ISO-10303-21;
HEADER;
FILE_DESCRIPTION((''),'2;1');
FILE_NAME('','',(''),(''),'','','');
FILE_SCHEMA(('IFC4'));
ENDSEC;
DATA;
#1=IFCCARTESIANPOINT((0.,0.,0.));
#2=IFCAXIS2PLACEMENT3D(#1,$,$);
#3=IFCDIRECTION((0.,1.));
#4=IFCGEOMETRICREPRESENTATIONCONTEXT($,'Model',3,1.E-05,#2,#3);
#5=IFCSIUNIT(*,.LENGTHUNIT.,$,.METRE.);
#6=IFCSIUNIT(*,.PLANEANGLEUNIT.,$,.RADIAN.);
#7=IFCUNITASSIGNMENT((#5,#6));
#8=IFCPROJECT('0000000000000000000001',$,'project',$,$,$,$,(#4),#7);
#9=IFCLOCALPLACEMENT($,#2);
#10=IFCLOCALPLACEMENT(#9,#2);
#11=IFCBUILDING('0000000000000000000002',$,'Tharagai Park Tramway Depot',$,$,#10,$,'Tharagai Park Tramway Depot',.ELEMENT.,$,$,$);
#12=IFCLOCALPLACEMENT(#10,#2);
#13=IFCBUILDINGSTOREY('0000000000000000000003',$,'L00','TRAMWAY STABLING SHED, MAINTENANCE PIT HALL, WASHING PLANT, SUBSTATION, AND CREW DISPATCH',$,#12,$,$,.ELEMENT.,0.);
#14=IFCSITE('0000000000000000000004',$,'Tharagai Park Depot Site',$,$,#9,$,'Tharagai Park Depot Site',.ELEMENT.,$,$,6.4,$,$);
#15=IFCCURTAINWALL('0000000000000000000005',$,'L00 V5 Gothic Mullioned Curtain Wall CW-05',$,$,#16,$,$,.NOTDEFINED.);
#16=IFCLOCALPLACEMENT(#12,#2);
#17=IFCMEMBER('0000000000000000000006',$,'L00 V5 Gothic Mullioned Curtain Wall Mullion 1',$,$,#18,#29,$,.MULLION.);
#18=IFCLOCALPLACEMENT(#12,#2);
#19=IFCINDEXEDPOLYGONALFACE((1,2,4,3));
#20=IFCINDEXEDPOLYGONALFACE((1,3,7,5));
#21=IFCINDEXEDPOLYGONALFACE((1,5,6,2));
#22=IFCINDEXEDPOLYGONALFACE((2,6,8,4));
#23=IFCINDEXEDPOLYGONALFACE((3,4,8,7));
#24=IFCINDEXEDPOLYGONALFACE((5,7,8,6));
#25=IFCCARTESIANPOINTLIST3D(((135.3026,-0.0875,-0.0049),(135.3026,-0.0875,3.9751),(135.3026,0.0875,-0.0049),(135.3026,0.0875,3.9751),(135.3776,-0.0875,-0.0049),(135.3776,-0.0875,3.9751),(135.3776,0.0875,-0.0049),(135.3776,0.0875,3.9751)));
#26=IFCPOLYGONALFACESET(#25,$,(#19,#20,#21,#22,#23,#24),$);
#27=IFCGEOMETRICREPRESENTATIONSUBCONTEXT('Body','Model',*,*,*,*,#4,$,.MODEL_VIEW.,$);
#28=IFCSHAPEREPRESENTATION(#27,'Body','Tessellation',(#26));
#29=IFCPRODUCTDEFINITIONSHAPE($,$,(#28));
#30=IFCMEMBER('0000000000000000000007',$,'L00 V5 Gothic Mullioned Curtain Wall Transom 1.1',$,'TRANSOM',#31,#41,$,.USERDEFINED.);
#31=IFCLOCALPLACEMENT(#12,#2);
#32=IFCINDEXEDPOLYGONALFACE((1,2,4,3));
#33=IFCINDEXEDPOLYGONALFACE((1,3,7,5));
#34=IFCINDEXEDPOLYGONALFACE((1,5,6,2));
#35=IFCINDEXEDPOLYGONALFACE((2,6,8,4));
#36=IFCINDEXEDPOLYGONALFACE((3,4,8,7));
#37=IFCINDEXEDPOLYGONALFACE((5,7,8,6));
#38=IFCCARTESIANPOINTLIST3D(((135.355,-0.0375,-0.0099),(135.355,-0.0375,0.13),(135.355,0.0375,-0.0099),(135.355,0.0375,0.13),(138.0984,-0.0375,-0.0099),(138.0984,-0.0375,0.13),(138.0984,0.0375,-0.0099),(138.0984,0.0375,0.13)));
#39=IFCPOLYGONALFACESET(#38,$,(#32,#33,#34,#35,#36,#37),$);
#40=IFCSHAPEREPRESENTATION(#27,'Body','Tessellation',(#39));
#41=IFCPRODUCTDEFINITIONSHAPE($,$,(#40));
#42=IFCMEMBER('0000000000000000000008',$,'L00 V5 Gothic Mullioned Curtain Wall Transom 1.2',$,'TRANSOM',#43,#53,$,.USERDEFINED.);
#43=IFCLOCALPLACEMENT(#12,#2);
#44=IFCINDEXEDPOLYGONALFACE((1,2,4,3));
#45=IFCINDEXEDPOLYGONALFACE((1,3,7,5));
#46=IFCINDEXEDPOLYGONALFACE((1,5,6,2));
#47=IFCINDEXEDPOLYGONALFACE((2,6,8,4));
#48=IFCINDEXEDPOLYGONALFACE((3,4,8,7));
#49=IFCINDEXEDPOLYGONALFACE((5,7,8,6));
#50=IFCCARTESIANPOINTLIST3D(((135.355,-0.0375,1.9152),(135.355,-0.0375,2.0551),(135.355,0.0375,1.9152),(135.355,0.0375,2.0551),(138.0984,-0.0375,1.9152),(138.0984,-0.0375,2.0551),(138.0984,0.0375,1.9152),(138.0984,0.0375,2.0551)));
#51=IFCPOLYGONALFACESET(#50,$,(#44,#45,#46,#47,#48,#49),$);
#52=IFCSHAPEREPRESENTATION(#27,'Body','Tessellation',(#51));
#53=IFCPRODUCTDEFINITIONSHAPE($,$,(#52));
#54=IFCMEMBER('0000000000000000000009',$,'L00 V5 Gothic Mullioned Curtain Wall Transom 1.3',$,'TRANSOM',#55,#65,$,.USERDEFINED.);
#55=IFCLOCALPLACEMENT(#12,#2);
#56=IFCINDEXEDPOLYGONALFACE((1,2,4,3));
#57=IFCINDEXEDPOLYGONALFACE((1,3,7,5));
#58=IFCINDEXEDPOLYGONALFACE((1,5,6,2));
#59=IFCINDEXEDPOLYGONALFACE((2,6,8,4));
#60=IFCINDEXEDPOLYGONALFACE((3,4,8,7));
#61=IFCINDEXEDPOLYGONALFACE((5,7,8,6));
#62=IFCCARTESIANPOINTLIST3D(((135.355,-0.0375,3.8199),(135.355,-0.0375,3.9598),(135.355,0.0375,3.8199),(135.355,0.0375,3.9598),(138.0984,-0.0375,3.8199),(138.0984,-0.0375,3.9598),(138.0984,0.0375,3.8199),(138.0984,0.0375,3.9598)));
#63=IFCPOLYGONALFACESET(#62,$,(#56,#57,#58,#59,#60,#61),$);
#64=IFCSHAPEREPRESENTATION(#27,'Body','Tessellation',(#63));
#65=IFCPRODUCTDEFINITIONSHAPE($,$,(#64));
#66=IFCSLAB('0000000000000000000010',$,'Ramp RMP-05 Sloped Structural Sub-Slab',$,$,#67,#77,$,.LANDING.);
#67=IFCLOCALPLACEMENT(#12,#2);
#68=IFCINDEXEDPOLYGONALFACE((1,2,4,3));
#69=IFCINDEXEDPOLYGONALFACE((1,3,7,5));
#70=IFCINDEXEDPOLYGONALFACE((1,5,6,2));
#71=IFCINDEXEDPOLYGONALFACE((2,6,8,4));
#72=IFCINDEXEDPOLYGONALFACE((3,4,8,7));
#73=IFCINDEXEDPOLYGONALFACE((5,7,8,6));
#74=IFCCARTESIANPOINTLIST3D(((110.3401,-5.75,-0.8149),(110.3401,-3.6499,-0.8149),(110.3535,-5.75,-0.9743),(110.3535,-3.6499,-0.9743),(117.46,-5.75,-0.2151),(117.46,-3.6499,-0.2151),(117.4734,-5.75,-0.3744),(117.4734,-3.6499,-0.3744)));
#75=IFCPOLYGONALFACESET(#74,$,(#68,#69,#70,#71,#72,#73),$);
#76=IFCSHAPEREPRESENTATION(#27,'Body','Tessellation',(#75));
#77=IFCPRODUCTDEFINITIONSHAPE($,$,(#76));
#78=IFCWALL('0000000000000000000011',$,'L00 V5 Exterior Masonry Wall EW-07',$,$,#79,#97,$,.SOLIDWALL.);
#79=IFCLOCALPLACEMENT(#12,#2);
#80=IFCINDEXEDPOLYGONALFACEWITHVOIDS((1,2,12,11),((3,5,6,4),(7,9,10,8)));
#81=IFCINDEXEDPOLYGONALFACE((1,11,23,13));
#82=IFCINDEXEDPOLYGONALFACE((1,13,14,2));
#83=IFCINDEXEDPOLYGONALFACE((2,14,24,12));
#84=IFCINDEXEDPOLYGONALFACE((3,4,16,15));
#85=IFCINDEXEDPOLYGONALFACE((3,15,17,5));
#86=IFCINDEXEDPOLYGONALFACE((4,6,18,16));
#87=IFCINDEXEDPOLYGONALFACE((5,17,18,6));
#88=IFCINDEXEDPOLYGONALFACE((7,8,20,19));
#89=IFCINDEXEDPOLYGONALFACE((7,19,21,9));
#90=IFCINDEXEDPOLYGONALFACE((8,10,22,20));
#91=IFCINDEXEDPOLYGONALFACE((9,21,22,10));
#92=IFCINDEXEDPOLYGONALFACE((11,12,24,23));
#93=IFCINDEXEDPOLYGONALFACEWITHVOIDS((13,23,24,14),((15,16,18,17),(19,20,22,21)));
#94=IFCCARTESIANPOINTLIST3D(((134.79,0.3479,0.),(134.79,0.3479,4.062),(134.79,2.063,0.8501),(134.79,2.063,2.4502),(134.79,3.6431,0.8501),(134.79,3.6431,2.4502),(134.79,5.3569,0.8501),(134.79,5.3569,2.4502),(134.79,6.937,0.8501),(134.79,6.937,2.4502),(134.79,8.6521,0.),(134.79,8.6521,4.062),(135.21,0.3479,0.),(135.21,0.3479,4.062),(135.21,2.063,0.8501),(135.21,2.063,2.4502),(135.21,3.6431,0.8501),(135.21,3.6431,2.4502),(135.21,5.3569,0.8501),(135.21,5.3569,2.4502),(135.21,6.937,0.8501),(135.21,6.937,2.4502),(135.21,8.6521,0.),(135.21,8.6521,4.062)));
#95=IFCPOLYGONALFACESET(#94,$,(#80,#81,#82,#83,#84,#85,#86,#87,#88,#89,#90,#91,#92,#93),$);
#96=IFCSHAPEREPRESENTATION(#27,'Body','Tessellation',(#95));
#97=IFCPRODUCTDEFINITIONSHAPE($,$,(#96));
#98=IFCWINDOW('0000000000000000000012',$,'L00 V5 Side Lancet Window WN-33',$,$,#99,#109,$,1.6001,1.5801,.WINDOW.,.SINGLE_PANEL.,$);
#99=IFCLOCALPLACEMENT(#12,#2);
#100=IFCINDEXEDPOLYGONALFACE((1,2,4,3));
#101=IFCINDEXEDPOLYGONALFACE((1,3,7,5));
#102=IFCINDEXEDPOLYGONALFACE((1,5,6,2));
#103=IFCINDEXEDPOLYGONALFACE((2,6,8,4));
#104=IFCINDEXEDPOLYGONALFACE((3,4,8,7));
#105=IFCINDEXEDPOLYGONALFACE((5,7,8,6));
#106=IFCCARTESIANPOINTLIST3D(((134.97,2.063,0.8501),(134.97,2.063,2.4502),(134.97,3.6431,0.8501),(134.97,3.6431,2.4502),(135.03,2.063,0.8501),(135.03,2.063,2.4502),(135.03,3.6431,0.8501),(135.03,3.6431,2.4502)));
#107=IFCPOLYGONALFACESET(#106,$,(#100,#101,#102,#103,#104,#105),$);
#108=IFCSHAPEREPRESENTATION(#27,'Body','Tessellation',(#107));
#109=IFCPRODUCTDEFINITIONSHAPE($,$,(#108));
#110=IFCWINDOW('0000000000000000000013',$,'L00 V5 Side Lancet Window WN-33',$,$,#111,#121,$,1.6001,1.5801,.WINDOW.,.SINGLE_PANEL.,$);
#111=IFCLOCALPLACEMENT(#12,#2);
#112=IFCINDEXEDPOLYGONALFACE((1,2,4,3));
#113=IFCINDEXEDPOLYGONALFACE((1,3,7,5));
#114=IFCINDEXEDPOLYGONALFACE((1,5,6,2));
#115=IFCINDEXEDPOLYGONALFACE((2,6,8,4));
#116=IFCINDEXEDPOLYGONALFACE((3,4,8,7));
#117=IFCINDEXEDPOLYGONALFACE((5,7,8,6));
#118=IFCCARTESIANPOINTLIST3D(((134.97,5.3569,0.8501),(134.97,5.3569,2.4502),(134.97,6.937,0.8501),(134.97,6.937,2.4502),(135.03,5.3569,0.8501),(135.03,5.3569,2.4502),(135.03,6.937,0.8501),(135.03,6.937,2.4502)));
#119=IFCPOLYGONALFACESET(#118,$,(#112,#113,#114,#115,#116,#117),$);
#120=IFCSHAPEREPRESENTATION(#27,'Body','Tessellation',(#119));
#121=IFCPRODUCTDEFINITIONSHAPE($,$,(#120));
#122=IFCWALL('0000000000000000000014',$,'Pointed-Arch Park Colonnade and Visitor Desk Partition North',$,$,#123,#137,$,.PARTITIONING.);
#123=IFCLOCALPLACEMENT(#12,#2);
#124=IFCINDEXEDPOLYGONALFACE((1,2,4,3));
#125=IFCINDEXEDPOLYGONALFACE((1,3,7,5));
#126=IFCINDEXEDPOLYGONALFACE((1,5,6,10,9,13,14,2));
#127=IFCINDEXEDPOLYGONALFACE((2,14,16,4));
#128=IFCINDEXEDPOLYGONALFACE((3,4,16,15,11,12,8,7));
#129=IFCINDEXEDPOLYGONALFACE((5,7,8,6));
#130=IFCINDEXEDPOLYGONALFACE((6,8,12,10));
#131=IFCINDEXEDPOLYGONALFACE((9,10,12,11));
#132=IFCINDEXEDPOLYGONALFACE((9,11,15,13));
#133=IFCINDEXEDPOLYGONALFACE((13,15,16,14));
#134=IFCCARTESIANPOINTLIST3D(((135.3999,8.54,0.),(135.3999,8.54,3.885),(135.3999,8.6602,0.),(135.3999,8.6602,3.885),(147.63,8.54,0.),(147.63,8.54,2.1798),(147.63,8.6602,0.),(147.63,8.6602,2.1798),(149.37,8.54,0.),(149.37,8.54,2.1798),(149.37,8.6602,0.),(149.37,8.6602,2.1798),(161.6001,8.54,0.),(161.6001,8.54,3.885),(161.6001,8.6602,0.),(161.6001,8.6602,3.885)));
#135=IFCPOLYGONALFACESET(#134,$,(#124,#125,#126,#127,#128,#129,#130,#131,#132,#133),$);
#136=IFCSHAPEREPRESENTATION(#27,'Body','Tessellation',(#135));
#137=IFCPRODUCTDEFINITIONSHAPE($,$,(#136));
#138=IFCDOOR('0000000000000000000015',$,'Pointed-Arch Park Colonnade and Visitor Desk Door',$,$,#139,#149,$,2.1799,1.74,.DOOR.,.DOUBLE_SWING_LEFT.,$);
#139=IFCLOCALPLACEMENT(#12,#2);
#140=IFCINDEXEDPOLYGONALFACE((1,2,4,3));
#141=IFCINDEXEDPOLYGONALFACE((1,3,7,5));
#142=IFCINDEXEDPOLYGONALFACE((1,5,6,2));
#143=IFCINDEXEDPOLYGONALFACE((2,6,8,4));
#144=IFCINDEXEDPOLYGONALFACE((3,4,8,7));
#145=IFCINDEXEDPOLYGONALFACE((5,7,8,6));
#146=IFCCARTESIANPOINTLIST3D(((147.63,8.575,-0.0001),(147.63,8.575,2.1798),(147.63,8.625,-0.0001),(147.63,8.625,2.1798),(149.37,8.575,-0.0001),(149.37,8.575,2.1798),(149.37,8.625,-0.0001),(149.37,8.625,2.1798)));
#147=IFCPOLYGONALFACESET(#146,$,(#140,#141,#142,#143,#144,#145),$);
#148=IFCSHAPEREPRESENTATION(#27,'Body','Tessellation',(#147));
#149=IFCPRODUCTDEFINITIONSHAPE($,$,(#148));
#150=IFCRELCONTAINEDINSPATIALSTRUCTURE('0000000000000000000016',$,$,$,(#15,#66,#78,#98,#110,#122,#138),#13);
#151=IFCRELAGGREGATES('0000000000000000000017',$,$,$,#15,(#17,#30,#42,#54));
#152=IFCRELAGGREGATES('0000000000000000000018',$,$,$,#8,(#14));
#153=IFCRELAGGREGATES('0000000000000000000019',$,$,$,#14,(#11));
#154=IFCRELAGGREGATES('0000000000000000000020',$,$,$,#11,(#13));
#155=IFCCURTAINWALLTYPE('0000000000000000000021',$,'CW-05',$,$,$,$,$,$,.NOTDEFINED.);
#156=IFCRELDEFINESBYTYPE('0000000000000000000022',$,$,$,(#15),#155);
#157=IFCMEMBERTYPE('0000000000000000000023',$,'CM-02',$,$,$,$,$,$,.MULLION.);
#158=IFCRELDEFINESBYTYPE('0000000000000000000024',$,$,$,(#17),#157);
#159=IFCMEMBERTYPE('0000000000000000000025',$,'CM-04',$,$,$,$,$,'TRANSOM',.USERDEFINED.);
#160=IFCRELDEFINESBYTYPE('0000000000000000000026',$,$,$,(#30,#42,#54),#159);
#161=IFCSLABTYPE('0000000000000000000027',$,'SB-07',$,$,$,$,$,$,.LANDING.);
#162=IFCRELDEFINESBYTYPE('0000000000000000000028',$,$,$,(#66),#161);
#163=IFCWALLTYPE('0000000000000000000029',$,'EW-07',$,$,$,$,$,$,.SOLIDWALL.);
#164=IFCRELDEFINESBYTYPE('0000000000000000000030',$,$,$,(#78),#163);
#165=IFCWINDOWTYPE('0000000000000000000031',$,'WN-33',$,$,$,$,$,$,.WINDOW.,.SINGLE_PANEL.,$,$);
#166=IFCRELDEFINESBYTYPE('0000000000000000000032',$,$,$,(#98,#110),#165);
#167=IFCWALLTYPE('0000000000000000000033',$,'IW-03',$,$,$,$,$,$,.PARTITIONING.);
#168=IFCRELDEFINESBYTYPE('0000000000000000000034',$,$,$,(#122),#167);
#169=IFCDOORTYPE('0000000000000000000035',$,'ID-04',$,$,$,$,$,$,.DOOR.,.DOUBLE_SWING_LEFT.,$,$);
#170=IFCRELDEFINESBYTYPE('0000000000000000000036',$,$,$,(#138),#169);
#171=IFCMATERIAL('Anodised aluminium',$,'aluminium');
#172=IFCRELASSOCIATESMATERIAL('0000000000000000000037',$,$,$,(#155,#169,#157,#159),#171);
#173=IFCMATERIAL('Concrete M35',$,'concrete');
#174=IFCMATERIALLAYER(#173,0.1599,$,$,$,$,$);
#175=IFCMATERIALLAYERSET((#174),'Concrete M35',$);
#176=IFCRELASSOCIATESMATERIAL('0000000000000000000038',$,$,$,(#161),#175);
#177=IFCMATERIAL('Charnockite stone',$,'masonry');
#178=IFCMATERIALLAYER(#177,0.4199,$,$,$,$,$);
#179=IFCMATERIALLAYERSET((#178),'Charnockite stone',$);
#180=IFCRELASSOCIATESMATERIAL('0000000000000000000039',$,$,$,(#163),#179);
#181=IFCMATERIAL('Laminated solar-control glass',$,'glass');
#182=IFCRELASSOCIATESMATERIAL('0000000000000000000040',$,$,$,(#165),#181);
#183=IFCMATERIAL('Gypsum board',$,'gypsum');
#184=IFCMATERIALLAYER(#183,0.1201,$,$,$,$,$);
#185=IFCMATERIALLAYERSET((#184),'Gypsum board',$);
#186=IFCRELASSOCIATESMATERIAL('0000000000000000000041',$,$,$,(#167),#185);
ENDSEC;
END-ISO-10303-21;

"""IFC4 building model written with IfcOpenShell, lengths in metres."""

from ifc_helpers import new_model, si_unit, direction, frame, frame_2d, origin, origin_2d, place, context, subcontext, project, spatial, polyline, rectangle, outline, extrude, material, layer, layer_set, material_profile, profile_set, type_object, element, fill, aggregate, save


model = new_model("IFC4")

# Units and contexts
model_context = context("Model", 3, precision=1e-05, world=origin(), true_north=direction((0.0, 1.0)))
body_context = subcontext(model_context, "Body", "Model", "MODEL_VIEW")
ifc_project = project(units=[si_unit("LENGTHUNIT", "METRE"), si_unit("PLANEANGLEUNIT", "RADIAN")], contexts=[model_context])

# Site, building, storey
site_placement = place(None, origin())
site = spatial("IfcSite", under=ifc_project, at=site_placement, Name="Tharagai Park Depot Site", LongName="Tharagai Park Depot Site", CompositionType="ELEMENT", RefElevation=6.4)
building_placement = place(site_placement, origin())
building = spatial("IfcBuilding", under=site, at=building_placement, Name="Tharagai Park Tramway Depot", LongName="Tharagai Park Tramway Depot", CompositionType="ELEMENT")
storey_placement = place(building_placement, origin())
storey = spatial("IfcBuildingStorey", under=building, at=storey_placement, Name="L00", Description="TRAMWAY STABLING SHED, MAINTENANCE PIT HALL, WASHING PLANT, SUBSTATION, AND CREW DISPATCH", CompositionType="ELEMENT", Elevation=0.0)

# Curtain wall, members
ifc_material_1 = material(Name="Anodised aluminium", Category="aluminium")
curtain_wall_type = type_object("IfcCurtainWallType", Name="CW-05", PredefinedType="NOTDEFINED", material=ifc_material_1)
curtain_wall_placement = place(storey_placement, origin())
curtain_wall = element("IfcCurtainWall", 1, at=curtain_wall_placement, inside=storey, type_object=curtain_wall_type, Name="L00 V5 Gothic Mullioned Curtain Wall CW-05", PredefinedType="NOTDEFINED")
ifc_material_profile_1 = material_profile(ifc_material_1, rectangle(XDim=0.075, YDim=0.175, at=origin_2d()), Name="ALU 75x175")
ifc_profile_set_1 = profile_set([ifc_material_profile_1], Name="Anodised aluminium")
member_type_1 = type_object("IfcMemberType", Name="CM-02", PredefinedType="MULLION", material=ifc_profile_set_1)
member_1_placement = place(storey_placement, frame((135.3401, 0.0, -0.0049), z_axis=(0.0, 0.0, 1.0), x_axis=(1.0, 0.0, 0.0)))
member_1 = element("IfcMember", 2, at=member_1_placement, type_object=member_type_1, Name="L00 V5 Gothic Mullioned Curtain Wall Mullion 1", PredefinedType="MULLION", context=body_context, shape_type="SweptSolid", body=[
    extrude(rectangle(XDim=0.075, YDim=0.175, at=origin_2d()), origin(), (0.0, 0.0, 1.0), 3.98),
])
ifc_material_profile_2 = material_profile(ifc_material_1, rectangle(XDim=0.075, YDim=0.1399, at=origin_2d()), Name="ALU 75x140")
ifc_profile_set_2 = profile_set([ifc_material_profile_2], Name="Anodised aluminium")
member_type_2 = type_object("IfcMemberType", Name="CM-04", ElementType="TRANSOM", PredefinedType="USERDEFINED", material=ifc_profile_set_2)
member_2_placement = place(storey_placement, frame((135.355, 0.0, 0.0601), z_axis=(1.0, 0.0, 0.0), x_axis=(0.0, 1.0, 0.0)))
member_2 = element("IfcMember", 3, at=member_2_placement, type_object=member_type_2, Name="L00 V5 Gothic Mullioned Curtain Wall Transom 1.1", ObjectType="TRANSOM", PredefinedType="USERDEFINED", context=body_context, shape_type="SweptSolid", body=[
    extrude(rectangle(XDim=0.075, YDim=0.1399, at=origin_2d()), origin(), (0.0, 0.0, 1.0), 2.7434),
])
member_3_placement = place(storey_placement, frame((135.355, 0.0, 1.9851), z_axis=(1.0, 0.0, 0.0), x_axis=(0.0, 1.0, 0.0)))
member_3 = element("IfcMember", 4, at=member_3_placement, type_object=member_type_2, Name="L00 V5 Gothic Mullioned Curtain Wall Transom 1.2", ObjectType="TRANSOM", PredefinedType="USERDEFINED", context=body_context, shape_type="SweptSolid", body=[
    extrude(rectangle(XDim=0.075, YDim=0.1399, at=origin_2d()), origin(), (0.0, 0.0, 1.0), 2.7434),
])
member_4_placement = place(storey_placement, frame((135.355, 0.0, 3.8899), z_axis=(1.0, 0.0, 0.0), x_axis=(0.0, 1.0, 0.0)))
member_4 = element("IfcMember", 5, at=member_4_placement, type_object=member_type_2, Name="L00 V5 Gothic Mullioned Curtain Wall Transom 1.3", ObjectType="TRANSOM", PredefinedType="USERDEFINED", context=body_context, shape_type="SweptSolid", body=[
    extrude(rectangle(XDim=0.075, YDim=0.1399, at=origin_2d()), origin(), (0.0, 0.0, 1.0), 2.7434),
])
aggregate(curtain_wall, [member_1, member_2, member_3, member_4])

# Slab
ifc_material_2 = material(Name="Concrete M35", Category="concrete")
ifc_layer_1 = layer(ifc_material_2, 0.1599)
ifc_layer_set_1 = layer_set([ifc_layer_1], Name="Concrete M35")
slab_type = type_object("IfcSlabType", Name="SB-07", PredefinedType="LANDING", material=ifc_layer_set_1)
slab_placement = place(storey_placement, frame((110.3401, -5.75, -0.8149), z_axis=(-0.083953, 0.0, 0.99647), x_axis=(0.0, 1.0, 0.0)))
element("IfcSlab", 6, at=slab_placement, inside=storey, type_object=slab_type, Name="Ramp RMP-05 Sloped Structural Sub-Slab", PredefinedType="LANDING", context=body_context, shape_type="SweptSolid", body=[
    extrude(outline(polyline([(0.0, 0.0), (2.1001, 0.0), (2.1001, -7.1451), (0.0, -7.1451), (0.0, 0.0)])), origin(), (0.0, 0.0, -1.0), 0.1599),
])

# Wall, openings, windows
ifc_material_3 = material(Name="Charnockite stone", Category="masonry")
ifc_layer_2 = layer(ifc_material_3, 0.4199)
ifc_layer_set_2 = layer_set([ifc_layer_2], Name="Charnockite stone")
wall_type_1 = type_object("IfcWallType", Name="EW-07", PredefinedType="SOLIDWALL", material=ifc_layer_set_2)
wall_1_placement = place(storey_placement, frame((135.0, 0.3479, 0.0), z_axis=(0.0, 0.0, 1.0), x_axis=(0.0, 1.0, 0.0)))
wall_1 = element("IfcWall", 7, at=wall_1_placement, inside=storey, type_object=wall_type_1, Name="L00 V5 Exterior Masonry Wall EW-07", PredefinedType="SOLIDWALL", context=body_context, shape_type="SweptSolid", body=[
    extrude(rectangle(XDim=8.3042, YDim=0.4199, at=frame_2d((4.1521, 0.0))), origin(), (0.0, 0.0, 1.0), 4.062),
])
opening_1_placement = place(wall_1_placement, frame((1.7151, 0.0, 0.8501)))
opening_1 = element("IfcOpeningElement", 8, at=opening_1_placement, cuts=wall_1, PredefinedType="OPENING", context=body_context, shape_type="SweptSolid", body=[
    extrude(rectangle(XDim=1.5801, YDim=1.6001, at=frame_2d((0.79, 0.8))), frame((0.0, 0.22, 0.0), z_axis=(0.0, -1.0, 0.0), x_axis=(1.0, 0.0, 0.0)), (0.0, 0.0, 1.0), 0.4399),
])
opening_2_placement = place(wall_1_placement, frame((5.009, 0.0, 0.8501)))
opening_2 = element("IfcOpeningElement", 9, at=opening_2_placement, cuts=wall_1, PredefinedType="OPENING", context=body_context, shape_type="SweptSolid", body=[
    extrude(rectangle(XDim=1.5801, YDim=1.6001, at=frame_2d((0.79, 0.8))), frame((0.0, 0.22, 0.0), z_axis=(0.0, -1.0, 0.0), x_axis=(1.0, 0.0, 0.0)), (0.0, 0.0, 1.0), 0.4399),
])
ifc_material_4 = material(Name="Laminated solar-control glass", Category="glass")
window_type = type_object("IfcWindowType", Name="WN-33", PartitioningType="SINGLE_PANEL", PredefinedType="WINDOW", material=ifc_material_4)
window_1_placement = place(opening_1_placement, origin())
window_1 = element("IfcWindow", 10, at=window_1_placement, inside=storey, type_object=window_type, Name="L00 V5 Side Lancet Window WN-33", OverallHeight=1.6001, OverallWidth=1.5801, PartitioningType="SINGLE_PANEL", PredefinedType="WINDOW", context=body_context, shape_type="SweptSolid", body=[
    extrude(rectangle(XDim=1.5801, YDim=1.6001, at=frame_2d((0.79, 0.8))), frame((0.0, 0.03, 0.0), z_axis=(0.0, -1.0, 0.0), x_axis=(1.0, 0.0, 0.0)), (0.0, 0.0, 1.0), 0.0601),
])
fill(opening_1, window_1)
window_2_placement = place(opening_2_placement, origin())
window_2 = element("IfcWindow", 11, at=window_2_placement, inside=storey, type_object=window_type, Name="L00 V5 Side Lancet Window WN-33", OverallHeight=1.6001, OverallWidth=1.5801, PartitioningType="SINGLE_PANEL", PredefinedType="WINDOW", context=body_context, shape_type="SweptSolid", body=[
    extrude(rectangle(XDim=1.5801, YDim=1.6001, at=frame_2d((0.79, 0.8))), frame((0.0, 0.03, 0.0), z_axis=(0.0, -1.0, 0.0), x_axis=(1.0, 0.0, 0.0)), (0.0, 0.0, 1.0), 0.0601),
])
fill(opening_2, window_2)

# Wall, opening, door
ifc_material_5 = material(Name="Gypsum board", Category="gypsum")
ifc_layer_3 = layer(ifc_material_5, 0.1201)
ifc_layer_set_3 = layer_set([ifc_layer_3], Name="Gypsum board")
wall_type_2 = type_object("IfcWallType", Name="IW-03", PredefinedType="PARTITIONING", material=ifc_layer_set_3)
wall_2_placement = place(storey_placement, frame((135.3999, 8.6001, 0.0), z_axis=(0.0, 0.0, 1.0), x_axis=(1.0, 0.0, 0.0)))
wall_2 = element("IfcWall", 12, at=wall_2_placement, inside=storey, type_object=wall_type_2, Name="Pointed-Arch Park Colonnade and Visitor Desk Partition North", PredefinedType="PARTITIONING", context=body_context, shape_type="SweptSolid", body=[
    extrude(rectangle(XDim=26.2002, YDim=0.1201, at=frame_2d((13.1001, 0.0))), origin(), (0.0, 0.0, 1.0), 3.885),
])
opening_3_placement = place(wall_2_placement, frame((12.23, 0.0, 0.0)))
opening_3 = element("IfcOpeningElement", 13, at=opening_3_placement, cuts=wall_2, PredefinedType="OPENING", context=body_context, shape_type="SweptSolid", body=[
    extrude(rectangle(XDim=1.74, YDim=2.1799, at=frame_2d((0.8701, 1.0898))), frame((0.0, 0.0701, 0.0), z_axis=(0.0, -1.0, 0.0), x_axis=(1.0, 0.0, 0.0)), (0.0, 0.0, 1.0), 0.1401),
])
door_type = type_object("IfcDoorType", Name="ID-04", OperationType="DOUBLE_SWING_LEFT", PredefinedType="DOOR", material=ifc_material_1)
door_placement = place(opening_3_placement, origin())
door = element("IfcDoor", 14, at=door_placement, inside=storey, type_object=door_type, Name="Pointed-Arch Park Colonnade and Visitor Desk Door", OperationType="DOUBLE_SWING_LEFT", OverallHeight=2.1799, OverallWidth=1.74, PredefinedType="DOOR", context=body_context, shape_type="SweptSolid", body=[
    extrude(rectangle(XDim=1.74, YDim=2.1799, at=frame_2d((0.8701, 1.0898))), frame((0.0, 0.0249, 0.0), z_axis=(0.0, -1.0, 0.0), x_axis=(1.0, 0.0, 0.0)), (0.0, 0.0, 1.0), 0.05),
])
fill(opening_3, door)

save(model, "model.ifc")
